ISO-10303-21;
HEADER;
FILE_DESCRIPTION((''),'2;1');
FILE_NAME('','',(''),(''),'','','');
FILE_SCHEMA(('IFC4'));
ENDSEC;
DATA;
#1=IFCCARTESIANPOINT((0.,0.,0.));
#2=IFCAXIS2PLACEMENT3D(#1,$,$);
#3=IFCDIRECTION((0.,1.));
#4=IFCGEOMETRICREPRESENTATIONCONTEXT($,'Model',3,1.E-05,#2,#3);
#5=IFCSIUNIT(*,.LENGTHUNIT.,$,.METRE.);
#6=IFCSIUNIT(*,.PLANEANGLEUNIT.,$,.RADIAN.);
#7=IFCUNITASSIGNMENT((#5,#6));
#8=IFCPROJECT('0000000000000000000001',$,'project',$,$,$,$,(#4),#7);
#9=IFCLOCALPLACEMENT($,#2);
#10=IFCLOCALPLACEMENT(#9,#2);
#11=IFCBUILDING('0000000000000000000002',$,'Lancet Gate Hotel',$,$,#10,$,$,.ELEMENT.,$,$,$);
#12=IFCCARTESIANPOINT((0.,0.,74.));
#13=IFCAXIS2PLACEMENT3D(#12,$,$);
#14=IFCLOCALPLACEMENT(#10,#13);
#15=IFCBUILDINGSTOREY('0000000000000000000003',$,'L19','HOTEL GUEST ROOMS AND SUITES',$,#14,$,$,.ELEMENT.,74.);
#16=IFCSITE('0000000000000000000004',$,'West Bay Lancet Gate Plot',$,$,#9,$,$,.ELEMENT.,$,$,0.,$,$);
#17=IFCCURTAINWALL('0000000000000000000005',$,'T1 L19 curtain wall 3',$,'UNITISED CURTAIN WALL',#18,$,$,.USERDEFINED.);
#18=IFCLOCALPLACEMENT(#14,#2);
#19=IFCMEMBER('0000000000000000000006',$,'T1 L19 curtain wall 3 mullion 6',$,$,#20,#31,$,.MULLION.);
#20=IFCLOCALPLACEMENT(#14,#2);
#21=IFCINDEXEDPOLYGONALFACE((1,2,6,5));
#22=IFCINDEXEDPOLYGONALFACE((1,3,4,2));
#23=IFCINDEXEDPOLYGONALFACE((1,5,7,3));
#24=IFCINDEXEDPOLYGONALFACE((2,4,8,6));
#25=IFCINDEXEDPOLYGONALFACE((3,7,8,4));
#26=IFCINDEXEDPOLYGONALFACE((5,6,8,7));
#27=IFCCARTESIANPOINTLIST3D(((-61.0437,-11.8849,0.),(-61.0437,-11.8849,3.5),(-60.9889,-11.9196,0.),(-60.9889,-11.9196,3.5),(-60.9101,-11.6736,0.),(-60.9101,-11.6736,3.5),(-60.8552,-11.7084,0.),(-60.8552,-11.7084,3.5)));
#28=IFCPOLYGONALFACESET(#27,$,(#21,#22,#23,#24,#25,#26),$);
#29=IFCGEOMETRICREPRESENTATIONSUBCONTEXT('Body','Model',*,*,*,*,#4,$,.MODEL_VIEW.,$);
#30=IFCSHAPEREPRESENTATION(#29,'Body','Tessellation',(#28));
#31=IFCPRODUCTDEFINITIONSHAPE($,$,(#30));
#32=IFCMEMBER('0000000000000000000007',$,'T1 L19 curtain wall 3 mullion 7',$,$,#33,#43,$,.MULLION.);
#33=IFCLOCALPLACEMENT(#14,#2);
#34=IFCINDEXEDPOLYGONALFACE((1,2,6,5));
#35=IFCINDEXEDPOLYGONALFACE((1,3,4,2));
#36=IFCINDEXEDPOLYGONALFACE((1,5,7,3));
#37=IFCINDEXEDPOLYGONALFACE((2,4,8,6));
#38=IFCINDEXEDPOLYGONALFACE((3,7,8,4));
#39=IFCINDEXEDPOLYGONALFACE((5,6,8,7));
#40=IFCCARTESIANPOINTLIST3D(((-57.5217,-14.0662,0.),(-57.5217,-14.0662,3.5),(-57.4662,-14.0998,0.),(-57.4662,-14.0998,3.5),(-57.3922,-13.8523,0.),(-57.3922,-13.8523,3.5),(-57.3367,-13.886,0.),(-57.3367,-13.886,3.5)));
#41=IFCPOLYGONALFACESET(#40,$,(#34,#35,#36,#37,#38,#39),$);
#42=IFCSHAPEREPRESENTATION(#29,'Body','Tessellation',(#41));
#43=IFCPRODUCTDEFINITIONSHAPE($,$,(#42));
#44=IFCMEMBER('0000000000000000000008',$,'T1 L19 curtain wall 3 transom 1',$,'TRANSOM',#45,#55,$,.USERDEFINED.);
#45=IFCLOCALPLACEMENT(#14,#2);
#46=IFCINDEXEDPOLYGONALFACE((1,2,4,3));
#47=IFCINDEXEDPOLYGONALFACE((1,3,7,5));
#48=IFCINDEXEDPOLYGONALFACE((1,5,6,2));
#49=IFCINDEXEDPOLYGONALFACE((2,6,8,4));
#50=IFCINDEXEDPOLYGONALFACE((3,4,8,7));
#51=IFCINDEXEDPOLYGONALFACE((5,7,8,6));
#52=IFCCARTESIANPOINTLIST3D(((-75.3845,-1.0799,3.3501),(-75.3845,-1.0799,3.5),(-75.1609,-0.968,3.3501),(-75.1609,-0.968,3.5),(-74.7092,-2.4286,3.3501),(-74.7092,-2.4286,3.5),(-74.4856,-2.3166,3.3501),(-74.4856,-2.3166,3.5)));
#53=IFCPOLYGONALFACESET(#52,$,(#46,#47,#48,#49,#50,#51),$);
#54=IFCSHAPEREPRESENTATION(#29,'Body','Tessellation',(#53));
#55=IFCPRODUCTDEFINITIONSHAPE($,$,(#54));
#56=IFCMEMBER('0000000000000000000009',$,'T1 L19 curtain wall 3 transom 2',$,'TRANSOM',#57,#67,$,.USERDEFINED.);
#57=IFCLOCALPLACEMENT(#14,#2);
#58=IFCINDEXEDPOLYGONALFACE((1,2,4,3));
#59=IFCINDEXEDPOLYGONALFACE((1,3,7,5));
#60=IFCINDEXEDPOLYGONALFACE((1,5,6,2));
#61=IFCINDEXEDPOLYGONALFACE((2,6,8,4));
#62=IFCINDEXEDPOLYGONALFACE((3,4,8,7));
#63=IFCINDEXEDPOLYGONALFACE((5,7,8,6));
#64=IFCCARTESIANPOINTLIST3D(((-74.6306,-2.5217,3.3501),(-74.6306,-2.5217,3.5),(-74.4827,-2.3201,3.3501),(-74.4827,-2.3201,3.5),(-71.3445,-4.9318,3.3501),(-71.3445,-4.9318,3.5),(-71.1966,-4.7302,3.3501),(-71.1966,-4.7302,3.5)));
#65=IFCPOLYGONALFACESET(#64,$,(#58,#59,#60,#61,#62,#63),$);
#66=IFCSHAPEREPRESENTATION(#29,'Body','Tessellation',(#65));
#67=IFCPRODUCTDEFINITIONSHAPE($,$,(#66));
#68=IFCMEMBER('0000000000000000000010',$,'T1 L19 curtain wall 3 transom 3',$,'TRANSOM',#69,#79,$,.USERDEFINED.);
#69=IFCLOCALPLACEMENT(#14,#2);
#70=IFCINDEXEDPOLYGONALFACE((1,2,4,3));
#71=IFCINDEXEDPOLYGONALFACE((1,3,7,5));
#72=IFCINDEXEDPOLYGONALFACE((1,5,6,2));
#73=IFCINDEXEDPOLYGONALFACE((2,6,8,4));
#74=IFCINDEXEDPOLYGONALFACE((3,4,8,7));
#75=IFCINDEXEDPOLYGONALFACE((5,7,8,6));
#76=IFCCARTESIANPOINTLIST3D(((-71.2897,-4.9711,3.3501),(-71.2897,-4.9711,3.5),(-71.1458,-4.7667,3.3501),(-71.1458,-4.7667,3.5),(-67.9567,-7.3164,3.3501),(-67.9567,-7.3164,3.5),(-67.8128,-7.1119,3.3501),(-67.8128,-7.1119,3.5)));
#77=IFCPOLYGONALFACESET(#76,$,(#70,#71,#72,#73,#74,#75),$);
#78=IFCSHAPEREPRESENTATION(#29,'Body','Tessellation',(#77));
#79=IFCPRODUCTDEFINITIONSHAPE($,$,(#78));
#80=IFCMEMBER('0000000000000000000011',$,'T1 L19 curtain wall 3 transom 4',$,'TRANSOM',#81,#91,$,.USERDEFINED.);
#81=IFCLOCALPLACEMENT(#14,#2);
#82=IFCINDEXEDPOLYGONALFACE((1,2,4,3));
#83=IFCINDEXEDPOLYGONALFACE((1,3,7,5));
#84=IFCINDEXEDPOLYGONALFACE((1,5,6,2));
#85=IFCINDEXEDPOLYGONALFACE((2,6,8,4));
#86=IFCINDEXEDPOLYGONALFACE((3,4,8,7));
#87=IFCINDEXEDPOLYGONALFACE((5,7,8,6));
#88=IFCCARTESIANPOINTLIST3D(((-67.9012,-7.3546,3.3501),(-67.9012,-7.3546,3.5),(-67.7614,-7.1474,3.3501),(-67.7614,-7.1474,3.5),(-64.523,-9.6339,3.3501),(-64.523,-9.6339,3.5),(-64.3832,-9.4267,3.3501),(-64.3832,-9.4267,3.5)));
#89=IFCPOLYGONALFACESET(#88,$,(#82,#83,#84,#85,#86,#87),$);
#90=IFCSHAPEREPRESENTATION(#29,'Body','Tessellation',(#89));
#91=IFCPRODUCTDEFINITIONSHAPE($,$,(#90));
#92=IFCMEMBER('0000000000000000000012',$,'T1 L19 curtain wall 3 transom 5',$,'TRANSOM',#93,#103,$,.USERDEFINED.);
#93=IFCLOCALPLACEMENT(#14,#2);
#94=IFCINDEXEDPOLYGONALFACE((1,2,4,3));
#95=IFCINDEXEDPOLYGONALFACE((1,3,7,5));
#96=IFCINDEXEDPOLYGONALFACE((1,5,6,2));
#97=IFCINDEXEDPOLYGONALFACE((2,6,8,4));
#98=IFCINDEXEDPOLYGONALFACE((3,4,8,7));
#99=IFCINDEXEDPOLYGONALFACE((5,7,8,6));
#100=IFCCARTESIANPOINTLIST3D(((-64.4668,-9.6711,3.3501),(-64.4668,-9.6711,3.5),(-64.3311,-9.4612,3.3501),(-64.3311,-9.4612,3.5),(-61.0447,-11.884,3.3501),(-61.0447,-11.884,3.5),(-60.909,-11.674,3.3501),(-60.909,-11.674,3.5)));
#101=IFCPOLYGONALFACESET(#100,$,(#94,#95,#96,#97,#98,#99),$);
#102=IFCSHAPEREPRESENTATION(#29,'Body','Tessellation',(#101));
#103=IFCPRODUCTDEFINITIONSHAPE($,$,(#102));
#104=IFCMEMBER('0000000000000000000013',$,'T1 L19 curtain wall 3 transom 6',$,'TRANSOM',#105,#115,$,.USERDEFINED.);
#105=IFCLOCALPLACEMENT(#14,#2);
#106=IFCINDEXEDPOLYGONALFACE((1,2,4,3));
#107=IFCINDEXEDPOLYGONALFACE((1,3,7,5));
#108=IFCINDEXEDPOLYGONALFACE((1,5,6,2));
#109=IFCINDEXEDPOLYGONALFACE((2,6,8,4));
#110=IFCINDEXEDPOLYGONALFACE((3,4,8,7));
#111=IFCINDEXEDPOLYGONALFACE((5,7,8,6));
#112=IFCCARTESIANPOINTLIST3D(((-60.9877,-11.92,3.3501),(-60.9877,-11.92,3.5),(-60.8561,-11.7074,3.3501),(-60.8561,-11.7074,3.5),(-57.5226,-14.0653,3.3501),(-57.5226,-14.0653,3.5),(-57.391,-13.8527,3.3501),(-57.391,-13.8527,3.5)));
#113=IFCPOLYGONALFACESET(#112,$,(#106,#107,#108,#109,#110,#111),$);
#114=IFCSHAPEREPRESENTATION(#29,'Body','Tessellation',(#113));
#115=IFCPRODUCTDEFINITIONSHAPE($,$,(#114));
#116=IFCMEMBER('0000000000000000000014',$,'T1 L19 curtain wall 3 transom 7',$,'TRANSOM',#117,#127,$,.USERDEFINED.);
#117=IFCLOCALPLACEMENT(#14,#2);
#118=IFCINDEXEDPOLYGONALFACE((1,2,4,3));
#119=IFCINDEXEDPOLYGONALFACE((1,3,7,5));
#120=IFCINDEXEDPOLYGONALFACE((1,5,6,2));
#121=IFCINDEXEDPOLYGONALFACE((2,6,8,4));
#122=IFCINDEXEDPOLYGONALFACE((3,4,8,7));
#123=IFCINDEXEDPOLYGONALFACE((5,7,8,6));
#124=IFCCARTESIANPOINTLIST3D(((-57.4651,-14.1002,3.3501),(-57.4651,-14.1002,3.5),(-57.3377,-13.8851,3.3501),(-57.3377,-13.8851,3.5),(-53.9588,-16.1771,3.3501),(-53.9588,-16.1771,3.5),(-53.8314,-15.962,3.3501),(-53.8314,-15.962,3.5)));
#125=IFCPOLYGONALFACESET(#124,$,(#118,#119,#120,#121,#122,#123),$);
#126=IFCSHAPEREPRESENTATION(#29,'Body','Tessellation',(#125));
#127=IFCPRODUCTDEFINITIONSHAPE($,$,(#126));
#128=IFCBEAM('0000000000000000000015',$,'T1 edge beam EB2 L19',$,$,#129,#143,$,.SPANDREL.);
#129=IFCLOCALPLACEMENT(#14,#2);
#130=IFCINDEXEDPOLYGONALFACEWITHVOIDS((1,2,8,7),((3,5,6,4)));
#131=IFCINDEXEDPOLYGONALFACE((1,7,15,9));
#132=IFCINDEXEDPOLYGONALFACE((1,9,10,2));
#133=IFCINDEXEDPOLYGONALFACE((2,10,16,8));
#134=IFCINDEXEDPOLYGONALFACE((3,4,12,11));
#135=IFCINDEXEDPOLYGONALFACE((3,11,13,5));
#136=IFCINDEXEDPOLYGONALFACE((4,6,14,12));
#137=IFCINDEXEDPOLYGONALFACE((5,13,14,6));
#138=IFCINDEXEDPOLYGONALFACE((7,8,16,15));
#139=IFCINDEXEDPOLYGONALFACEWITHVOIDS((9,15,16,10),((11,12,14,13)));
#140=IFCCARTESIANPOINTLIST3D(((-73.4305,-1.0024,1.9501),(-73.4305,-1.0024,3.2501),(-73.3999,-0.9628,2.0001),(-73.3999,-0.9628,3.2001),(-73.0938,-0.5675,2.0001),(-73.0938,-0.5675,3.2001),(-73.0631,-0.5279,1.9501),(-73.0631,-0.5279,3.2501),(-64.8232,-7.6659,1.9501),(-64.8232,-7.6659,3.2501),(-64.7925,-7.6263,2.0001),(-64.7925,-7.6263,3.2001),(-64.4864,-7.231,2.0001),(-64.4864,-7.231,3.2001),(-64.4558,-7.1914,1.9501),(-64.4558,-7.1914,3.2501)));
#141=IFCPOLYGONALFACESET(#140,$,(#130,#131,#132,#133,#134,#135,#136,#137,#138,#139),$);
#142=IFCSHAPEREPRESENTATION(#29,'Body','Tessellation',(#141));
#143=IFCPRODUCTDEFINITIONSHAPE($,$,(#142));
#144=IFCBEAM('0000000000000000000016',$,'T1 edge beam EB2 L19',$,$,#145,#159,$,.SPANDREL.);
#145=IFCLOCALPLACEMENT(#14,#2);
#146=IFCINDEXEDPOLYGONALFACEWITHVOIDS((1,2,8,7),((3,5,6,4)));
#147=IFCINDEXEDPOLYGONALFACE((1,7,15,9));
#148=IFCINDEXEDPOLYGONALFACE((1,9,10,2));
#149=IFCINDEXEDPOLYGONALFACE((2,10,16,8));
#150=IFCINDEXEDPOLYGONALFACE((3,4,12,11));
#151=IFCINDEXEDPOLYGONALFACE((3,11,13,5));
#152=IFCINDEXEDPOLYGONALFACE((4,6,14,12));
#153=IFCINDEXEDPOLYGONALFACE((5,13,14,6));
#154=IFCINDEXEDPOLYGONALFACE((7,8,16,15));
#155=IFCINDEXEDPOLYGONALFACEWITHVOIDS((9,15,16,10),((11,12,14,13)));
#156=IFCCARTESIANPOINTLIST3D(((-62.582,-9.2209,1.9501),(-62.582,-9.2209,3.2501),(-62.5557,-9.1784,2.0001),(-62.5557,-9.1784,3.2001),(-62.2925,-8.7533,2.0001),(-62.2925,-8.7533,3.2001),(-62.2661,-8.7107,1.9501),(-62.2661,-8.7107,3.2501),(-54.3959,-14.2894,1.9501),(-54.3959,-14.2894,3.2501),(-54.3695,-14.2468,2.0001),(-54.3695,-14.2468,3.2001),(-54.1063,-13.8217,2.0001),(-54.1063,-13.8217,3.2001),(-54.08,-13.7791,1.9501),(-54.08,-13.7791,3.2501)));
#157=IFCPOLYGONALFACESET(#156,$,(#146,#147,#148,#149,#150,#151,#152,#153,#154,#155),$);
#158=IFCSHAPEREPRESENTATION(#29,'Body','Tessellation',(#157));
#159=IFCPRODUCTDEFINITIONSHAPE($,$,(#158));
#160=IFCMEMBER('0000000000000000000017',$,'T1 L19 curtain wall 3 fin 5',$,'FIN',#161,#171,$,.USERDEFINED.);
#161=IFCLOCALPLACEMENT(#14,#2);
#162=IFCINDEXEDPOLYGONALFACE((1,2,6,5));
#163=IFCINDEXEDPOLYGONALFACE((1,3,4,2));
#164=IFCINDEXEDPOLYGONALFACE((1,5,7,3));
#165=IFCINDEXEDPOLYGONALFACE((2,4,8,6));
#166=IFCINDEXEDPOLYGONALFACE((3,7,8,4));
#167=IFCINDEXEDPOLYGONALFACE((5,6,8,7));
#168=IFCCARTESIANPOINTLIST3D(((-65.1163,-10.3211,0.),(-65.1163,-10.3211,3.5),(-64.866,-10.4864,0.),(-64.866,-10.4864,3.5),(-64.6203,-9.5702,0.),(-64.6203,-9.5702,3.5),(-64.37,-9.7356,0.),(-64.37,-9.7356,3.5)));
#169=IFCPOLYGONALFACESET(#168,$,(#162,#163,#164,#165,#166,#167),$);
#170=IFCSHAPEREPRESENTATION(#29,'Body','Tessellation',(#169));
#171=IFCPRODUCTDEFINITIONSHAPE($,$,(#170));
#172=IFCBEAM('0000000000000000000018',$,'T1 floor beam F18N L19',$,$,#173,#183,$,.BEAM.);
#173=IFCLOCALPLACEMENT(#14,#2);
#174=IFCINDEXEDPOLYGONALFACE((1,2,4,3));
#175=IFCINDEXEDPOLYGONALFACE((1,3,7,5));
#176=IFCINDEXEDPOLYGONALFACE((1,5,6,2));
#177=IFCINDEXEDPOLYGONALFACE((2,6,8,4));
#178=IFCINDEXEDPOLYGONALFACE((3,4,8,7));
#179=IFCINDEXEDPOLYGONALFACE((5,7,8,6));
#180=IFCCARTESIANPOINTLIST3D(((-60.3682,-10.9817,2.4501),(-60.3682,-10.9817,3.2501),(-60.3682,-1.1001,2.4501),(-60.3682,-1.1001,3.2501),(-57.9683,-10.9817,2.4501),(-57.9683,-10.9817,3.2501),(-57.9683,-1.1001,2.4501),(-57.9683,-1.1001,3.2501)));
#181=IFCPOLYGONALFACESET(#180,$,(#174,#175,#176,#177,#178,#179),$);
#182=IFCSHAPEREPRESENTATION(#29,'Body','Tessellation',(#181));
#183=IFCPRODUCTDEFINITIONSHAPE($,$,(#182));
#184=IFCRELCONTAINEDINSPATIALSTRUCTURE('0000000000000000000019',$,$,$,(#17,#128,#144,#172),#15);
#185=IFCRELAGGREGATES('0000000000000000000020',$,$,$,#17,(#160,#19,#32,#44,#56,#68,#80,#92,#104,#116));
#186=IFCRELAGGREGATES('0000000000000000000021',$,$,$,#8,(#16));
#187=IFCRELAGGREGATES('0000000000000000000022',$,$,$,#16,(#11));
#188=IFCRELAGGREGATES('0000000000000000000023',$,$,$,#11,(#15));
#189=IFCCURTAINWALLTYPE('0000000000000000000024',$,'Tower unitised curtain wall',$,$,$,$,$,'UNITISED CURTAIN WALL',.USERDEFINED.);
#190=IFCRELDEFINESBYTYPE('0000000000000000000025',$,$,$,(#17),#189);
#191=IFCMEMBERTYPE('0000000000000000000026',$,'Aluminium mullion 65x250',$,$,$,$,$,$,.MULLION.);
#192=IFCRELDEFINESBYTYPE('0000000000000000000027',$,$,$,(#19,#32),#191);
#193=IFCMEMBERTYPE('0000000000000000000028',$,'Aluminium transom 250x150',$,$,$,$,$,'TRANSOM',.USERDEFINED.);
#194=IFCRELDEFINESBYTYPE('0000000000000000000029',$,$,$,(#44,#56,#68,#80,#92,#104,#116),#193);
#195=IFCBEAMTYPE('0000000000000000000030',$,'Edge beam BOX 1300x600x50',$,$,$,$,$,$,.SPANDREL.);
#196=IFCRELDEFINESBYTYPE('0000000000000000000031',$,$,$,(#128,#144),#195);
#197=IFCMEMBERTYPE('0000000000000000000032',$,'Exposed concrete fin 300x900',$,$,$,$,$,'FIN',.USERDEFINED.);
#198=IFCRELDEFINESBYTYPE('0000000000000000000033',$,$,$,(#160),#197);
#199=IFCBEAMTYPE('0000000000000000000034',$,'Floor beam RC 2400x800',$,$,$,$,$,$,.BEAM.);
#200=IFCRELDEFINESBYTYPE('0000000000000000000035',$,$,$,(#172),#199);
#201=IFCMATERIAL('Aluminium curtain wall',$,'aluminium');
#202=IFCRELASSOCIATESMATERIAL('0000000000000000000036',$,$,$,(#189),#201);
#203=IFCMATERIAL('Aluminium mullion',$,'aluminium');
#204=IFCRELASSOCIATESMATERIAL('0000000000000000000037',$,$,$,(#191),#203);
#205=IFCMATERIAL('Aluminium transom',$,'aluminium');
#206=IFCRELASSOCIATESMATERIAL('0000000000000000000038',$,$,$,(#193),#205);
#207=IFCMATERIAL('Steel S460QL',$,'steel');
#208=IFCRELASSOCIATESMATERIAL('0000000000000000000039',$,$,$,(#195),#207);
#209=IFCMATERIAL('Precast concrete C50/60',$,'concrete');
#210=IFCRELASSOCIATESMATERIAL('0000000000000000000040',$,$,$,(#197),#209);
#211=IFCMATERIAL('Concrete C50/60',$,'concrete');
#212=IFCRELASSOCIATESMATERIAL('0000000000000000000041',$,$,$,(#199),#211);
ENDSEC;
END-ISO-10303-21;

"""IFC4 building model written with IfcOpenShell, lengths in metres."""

from ifc_helpers import new_model, si_unit, direction, frame, origin, origin_2d, place, context, subcontext, project, spatial, rectangle, hollow_rectangle, extrude, material, material_profile, profile_set, type_object, element, aggregate, save


model = new_model("IFC4")

# Units and contexts
model_context = context("Model", 3, precision=1e-05, world=origin(), true_north=direction((0.0, 1.0)))
body_context = subcontext(model_context, "Body", "Model", "MODEL_VIEW")
ifc_project = project(units=[si_unit("LENGTHUNIT", "METRE"), si_unit("PLANEANGLEUNIT", "RADIAN")], contexts=[model_context])

# Site, building, storey
site_placement = place(None, origin())
site = spatial("IfcSite", under=ifc_project, at=site_placement, Name="West Bay Lancet Gate Plot", CompositionType="ELEMENT", RefElevation=0.0)
building_placement = place(site_placement, origin())
building = spatial("IfcBuilding", under=site, at=building_placement, Name="Lancet Gate Hotel", CompositionType="ELEMENT")
storey_placement = place(building_placement, frame((0.0, 0.0, 74.0)))
storey = spatial("IfcBuildingStorey", under=building, at=storey_placement, Name="L19", Description="HOTEL GUEST ROOMS AND SUITES", CompositionType="ELEMENT", Elevation=74.0)

# Curtain wall, members
ifc_material_1 = material(Name="Aluminium curtain wall", Category="aluminium")
curtain_wall_type = type_object("IfcCurtainWallType", Name="Tower unitised curtain wall", ElementType="UNITISED CURTAIN WALL", PredefinedType="USERDEFINED", material=ifc_material_1)
curtain_wall_placement = place(storey_placement, origin())
curtain_wall = element("IfcCurtainWall", 1, at=curtain_wall_placement, inside=storey, type_object=curtain_wall_type, Name="T1 L19 curtain wall 3", ObjectType="UNITISED CURTAIN WALL", PredefinedType="USERDEFINED")
ifc_material_2 = material(Name="Aluminium mullion", Category="aluminium")
ifc_material_profile_1 = material_profile(ifc_material_2, rectangle(XDim=0.0649, YDim=0.25, at=origin_2d()), Name="MULLION 65x250")
ifc_profile_set_1 = profile_set([ifc_material_profile_1], Name="Aluminium mullion")
member_type_1 = type_object("IfcMemberType", Name="Aluminium mullion 65x250", PredefinedType="MULLION", material=ifc_profile_set_1)
member_1_placement = place(storey_placement, frame((-60.9495, -11.7966, 0.0), z_axis=(0.0, 0.0, 1.0), x_axis=(0.845029, -0.53472, 0.0)))
member_1 = element("IfcMember", 2, at=member_1_placement, type_object=member_type_1, Name="T1 L19 curtain wall 3 mullion 6", PredefinedType="MULLION", context=body_context, shape_type="SweptSolid", body=[
    extrude(rectangle(XDim=0.0649, YDim=0.25, at=origin_2d()), origin(), (0.0, 0.0, 1.0), 3.5),
])
member_2_placement = place(storey_placement, frame((-57.4292, -13.9761, 0.0), z_axis=(0.0, 0.0, 1.0), x_axis=(0.855346, -0.518057, 0.0)))
member_2 = element("IfcMember", 3, at=member_2_placement, type_object=member_type_1, Name="T1 L19 curtain wall 3 mullion 7", PredefinedType="MULLION", context=body_context, shape_type="SweptSolid", body=[
    extrude(rectangle(XDim=0.0649, YDim=0.25, at=origin_2d()), origin(), (0.0, 0.0, 1.0), 3.5),
])
ifc_material_3 = material(Name="Aluminium transom", Category="aluminium")
ifc_material_profile_2 = material_profile(ifc_material_3, rectangle(XDim=0.25, YDim=0.1499, at=origin_2d()), Name="TRANSOM 250x150")
ifc_profile_set_2 = profile_set([ifc_material_profile_2], Name="Aluminium transom")
member_type_2 = type_object("IfcMemberType", Name="Aluminium transom 250x150", ElementType="TRANSOM", PredefinedType="USERDEFINED", material=ifc_profile_set_2)
member_3_placement = place(storey_placement, frame((-75.2727, -1.0239, 3.425), z_axis=(0.447732, -0.894168, 0.0), x_axis=(0.894168, 0.447732, 0.0)))
member_3 = element("IfcMember", 4, at=member_3_placement, type_object=member_type_2, Name="T1 L19 curtain wall 3 transom 1", ObjectType="TRANSOM", PredefinedType="USERDEFINED", context=body_context, shape_type="SweptSolid", body=[
    extrude(rectangle(XDim=0.25, YDim=0.1499, at=origin_2d()), origin(), (0.0, 0.0, 1.0), 1.5083),
])
member_4_placement = place(storey_placement, frame((-74.5566, -2.4209, 3.425), z_axis=(0.806367, -0.591416, 0.0), x_axis=(0.591416, 0.806367, 0.0)))
member_4 = element("IfcMember", 5, at=member_4_placement, type_object=member_type_2, Name="T1 L19 curtain wall 3 transom 2", ObjectType="TRANSOM", PredefinedType="USERDEFINED", context=body_context, shape_type="SweptSolid", body=[
    extrude(rectangle(XDim=0.25, YDim=0.1499, at=origin_2d()), origin(), (0.0, 0.0, 1.0), 4.0752),
])
member_5_placement = place(storey_placement, frame((-71.2178, -4.8689, 3.425), z_axis=(0.817834, -0.575455, 0.0), x_axis=(0.575455, 0.817834, 0.0)))
member_5 = element("IfcMember", 6, at=member_5_placement, type_object=member_type_2, Name="T1 L19 curtain wall 3 transom 3", ObjectType="TRANSOM", PredefinedType="USERDEFINED", context=body_context, shape_type="SweptSolid", body=[
    extrude(rectangle(XDim=0.25, YDim=0.1499, at=origin_2d()), origin(), (0.0, 0.0, 1.0), 4.0754),
])
member_6_placement = place(storey_placement, frame((-67.8313, -7.251, 3.425), z_axis=(0.828959, -0.559309, 0.0), x_axis=(0.559309, 0.828959, 0.0)))
member_6 = element("IfcMember", 7, at=member_6_placement, type_object=member_type_2, Name="T1 L19 curtain wall 3 transom 4", ObjectType="TRANSOM", PredefinedType="USERDEFINED", context=body_context, shape_type="SweptSolid", body=[
    extrude(rectangle(XDim=0.25, YDim=0.1499, at=origin_2d()), origin(), (0.0, 0.0, 1.0), 4.0752),
])
member_7_placement = place(storey_placement, frame((-64.3989, -9.5662, 3.425), z_axis=(0.839729, -0.543005, 0.0), x_axis=(0.543005, 0.839729, 0.0)))
member_7 = element("IfcMember", 8, at=member_7_placement, type_object=member_type_2, Name="T1 L19 curtain wall 3 transom 5", ObjectType="TRANSOM", PredefinedType="USERDEFINED", context=body_context, shape_type="SweptSolid", body=[
    extrude(rectangle(XDim=0.25, YDim=0.1499, at=origin_2d()), origin(), (0.0, 0.0, 1.0), 4.0752),
])
member_8_placement = place(storey_placement, frame((-60.9219, -11.8137, 3.425), z_axis=(0.850242, -0.526392, 0.0), x_axis=(0.526392, 0.850242, 0.0)))
member_8 = element("IfcMember", 9, at=member_8_placement, type_object=member_type_2, Name="T1 L19 curtain wall 3 transom 6", ObjectType="TRANSOM", PredefinedType="USERDEFINED", context=body_context, shape_type="SweptSolid", body=[
    extrude(rectangle(XDim=0.25, YDim=0.1499, at=origin_2d()), origin(), (0.0, 0.0, 1.0), 4.0754),
])
member_9_placement = place(storey_placement, frame((-57.4014, -13.9927, 3.425), z_axis=(0.860392, -0.509633, 0.0), x_axis=(0.509633, 0.860392, 0.0)))
member_9 = element("IfcMember", 10, at=member_9_placement, type_object=member_type_2, Name="T1 L19 curtain wall 3 transom 7", ObjectType="TRANSOM", PredefinedType="USERDEFINED", context=body_context, shape_type="SweptSolid", body=[
    extrude(rectangle(XDim=0.25, YDim=0.1499, at=origin_2d()), origin(), (0.0, 0.0, 1.0), 4.0752),
])

# Beams
ifc_material_4 = material(Name="Steel S460QL", Category="steel")
ifc_material_profile_3 = material_profile(ifc_material_4, hollow_rectangle(XDim=0.6001, YDim=1.3, WallThickness=0.05, at=origin_2d()), Name="BOX 1300x600x50")
ifc_profile_set_3 = profile_set([ifc_material_profile_3], Name="Steel S460QL")
beam_type_1 = type_object("IfcBeamType", Name="Edge beam BOX 1300x600x50", PredefinedType="SPANDREL", material=ifc_profile_set_3)
beam_1_placement = place(storey_placement, frame((-73.2468, -0.7651, 2.6001), z_axis=(0.790734, -0.61216, 0.0), x_axis=(0.61216, 0.790734, 0.0)))
element("IfcBeam", 11, at=beam_1_placement, inside=storey, type_object=beam_type_1, Name="T1 edge beam EB2 L19", PredefinedType="SPANDREL", context=body_context, shape_type="SweptSolid", body=[
    extrude(hollow_rectangle(XDim=0.6001, YDim=1.3, WallThickness=0.05, at=origin_2d()), origin(), (0.0, 0.0, 1.0), 10.8853),
])
beam_2_placement = place(storey_placement, frame((-62.4241, -8.9658, 2.6001), z_axis=(0.850227, -0.526416, 0.0), x_axis=(0.526416, 0.850227, 0.0)))
element("IfcBeam", 12, at=beam_2_placement, inside=storey, type_object=beam_type_1, Name="T1 edge beam EB2 L19", PredefinedType="SPANDREL", context=body_context, shape_type="SweptSolid", body=[
    extrude(hollow_rectangle(XDim=0.6001, YDim=1.3, WallThickness=0.05, at=origin_2d()), origin(), (0.0, 0.0, 1.0), 9.6282),
])

# Member
ifc_material_5 = material(Name="Precast concrete C50/60", Category="concrete")
ifc_material_profile_4 = material_profile(ifc_material_5, rectangle(XDim=0.3, YDim=0.8999, at=origin_2d()), Name="FIN 300x900")
ifc_profile_set_4 = profile_set([ifc_material_profile_4], Name="Precast concrete C50/60")
member_type_3 = type_object("IfcMemberType", Name="Exposed concrete fin 300x900", ElementType="FIN", PredefinedType="USERDEFINED", material=ifc_profile_set_4)
member_10_placement = place(storey_placement, frame((-64.7432, -10.0283, 0.0), z_axis=(0.0, 0.0, 1.0), x_axis=(0.834387, -0.551178, 0.0)))
member_10 = element("IfcMember", 13, at=member_10_placement, type_object=member_type_3, Name="T1 L19 curtain wall 3 fin 5", ObjectType="FIN", PredefinedType="USERDEFINED", context=body_context, shape_type="SweptSolid", body=[
    extrude(rectangle(XDim=0.3, YDim=0.8999, at=origin_2d()), origin(), (0.0, 0.0, 1.0), 3.5),
])

# Beam
ifc_material_6 = material(Name="Concrete C50/60", Category="concrete")
ifc_material_profile_5 = material_profile(ifc_material_6, rectangle(XDim=2.3999, YDim=0.8, at=origin_2d()), Name="RC 2400x800")
ifc_profile_set_5 = profile_set([ifc_material_profile_5], Name="Concrete C50/60")
beam_type_2 = type_object("IfcBeamType", Name="Floor beam RC 2400x800", PredefinedType="BEAM", material=ifc_profile_set_5)
beam_3_placement = place(storey_placement, frame((-59.1682, -1.1001, 2.8501), z_axis=(0.0, -1.0, 0.0), x_axis=(1.0, 0.0, 0.0)))
element("IfcBeam", 14, at=beam_3_placement, inside=storey, type_object=beam_type_2, Name="T1 floor beam F18N L19", PredefinedType="BEAM", context=body_context, shape_type="SweptSolid", body=[
    extrude(rectangle(XDim=2.3999, YDim=0.8, at=origin_2d()), origin(), (0.0, 0.0, 1.0), 9.8816),
])

aggregate(curtain_wall, [member_10, member_1, member_2, member_3, member_4, member_5, member_6, member_7, member_8, member_9])

save(model, "model.ifc")
